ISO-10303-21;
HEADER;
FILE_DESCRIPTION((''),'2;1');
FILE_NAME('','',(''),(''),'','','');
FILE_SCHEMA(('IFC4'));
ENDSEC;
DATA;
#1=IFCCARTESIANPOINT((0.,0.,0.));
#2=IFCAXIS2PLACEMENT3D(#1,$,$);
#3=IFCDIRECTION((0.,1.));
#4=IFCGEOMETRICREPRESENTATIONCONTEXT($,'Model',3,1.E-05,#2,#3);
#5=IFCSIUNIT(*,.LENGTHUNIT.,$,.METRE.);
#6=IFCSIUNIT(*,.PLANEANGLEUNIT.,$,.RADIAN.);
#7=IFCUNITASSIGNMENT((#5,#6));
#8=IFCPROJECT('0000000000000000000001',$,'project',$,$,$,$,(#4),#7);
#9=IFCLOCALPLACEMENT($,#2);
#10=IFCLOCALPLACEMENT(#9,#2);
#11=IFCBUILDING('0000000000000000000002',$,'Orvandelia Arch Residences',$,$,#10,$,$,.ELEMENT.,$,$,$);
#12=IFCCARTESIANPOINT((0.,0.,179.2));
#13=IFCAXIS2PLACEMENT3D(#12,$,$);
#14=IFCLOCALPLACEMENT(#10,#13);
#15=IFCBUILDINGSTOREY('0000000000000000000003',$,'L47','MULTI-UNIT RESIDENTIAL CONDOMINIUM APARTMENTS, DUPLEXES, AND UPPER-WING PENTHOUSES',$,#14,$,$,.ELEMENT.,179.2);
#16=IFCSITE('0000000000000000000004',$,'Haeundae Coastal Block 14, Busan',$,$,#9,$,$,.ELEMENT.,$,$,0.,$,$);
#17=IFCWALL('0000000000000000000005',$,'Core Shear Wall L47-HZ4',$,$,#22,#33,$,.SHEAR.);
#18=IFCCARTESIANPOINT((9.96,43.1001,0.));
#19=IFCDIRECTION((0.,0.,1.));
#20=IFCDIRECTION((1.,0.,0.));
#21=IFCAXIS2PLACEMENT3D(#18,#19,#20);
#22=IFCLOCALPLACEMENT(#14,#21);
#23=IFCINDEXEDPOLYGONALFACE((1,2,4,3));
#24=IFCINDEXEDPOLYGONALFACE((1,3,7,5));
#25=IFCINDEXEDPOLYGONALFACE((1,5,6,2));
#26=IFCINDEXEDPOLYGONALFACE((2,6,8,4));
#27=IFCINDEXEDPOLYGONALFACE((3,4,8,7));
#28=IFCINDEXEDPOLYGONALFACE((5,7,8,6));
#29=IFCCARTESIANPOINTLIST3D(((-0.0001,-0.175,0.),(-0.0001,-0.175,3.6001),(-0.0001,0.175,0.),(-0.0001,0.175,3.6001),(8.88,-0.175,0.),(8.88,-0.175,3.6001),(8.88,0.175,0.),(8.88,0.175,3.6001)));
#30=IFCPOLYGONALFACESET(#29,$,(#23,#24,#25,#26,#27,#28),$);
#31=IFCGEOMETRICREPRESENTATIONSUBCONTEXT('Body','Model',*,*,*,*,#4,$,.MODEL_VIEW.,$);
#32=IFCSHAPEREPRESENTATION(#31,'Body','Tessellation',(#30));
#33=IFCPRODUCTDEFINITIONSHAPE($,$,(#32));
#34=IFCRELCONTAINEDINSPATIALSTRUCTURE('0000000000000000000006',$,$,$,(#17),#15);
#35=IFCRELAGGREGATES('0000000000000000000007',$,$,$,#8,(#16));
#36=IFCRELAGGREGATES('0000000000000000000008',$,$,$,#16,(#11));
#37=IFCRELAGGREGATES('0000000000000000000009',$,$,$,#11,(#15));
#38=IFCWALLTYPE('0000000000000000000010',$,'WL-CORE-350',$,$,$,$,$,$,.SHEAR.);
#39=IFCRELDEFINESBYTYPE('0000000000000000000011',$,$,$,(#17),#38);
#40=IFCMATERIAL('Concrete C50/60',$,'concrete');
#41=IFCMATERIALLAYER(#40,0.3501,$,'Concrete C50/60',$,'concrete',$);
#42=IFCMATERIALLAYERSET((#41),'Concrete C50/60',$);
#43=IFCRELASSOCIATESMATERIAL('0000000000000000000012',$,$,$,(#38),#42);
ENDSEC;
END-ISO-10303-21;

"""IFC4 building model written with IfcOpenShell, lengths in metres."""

from ifc_helpers import new_model, si_unit, direction, frame, frame_2d, origin, place, context, subcontext, project, spatial, rectangle, extrude, material, layer, layer_set, type_object, element, save


model = new_model("IFC4")

# Units and contexts
model_context = context("Model", 3, precision=1e-05, world=origin(), true_north=direction((0.0, 1.0)))
body_context = subcontext(model_context, "Body", "Model", "MODEL_VIEW")
ifc_project = project(units=[si_unit("LENGTHUNIT", "METRE"), si_unit("PLANEANGLEUNIT", "RADIAN")], contexts=[model_context])

# Site, building, storey
site_placement = place(None, origin())
site = spatial("IfcSite", under=ifc_project, at=site_placement, Name="Haeundae Coastal Block 14, Busan", CompositionType="ELEMENT", RefElevation=0.0)
building_placement = place(site_placement, origin())
building = spatial("IfcBuilding", under=site, at=building_placement, Name="Orvandelia Arch Residences", CompositionType="ELEMENT")
storey_placement = place(building_placement, frame((0.0, 0.0, 179.2)))
storey = spatial("IfcBuildingStorey", under=building, at=storey_placement, Name="L47", Description="MULTI-UNIT RESIDENTIAL CONDOMINIUM APARTMENTS, DUPLEXES, AND UPPER-WING PENTHOUSES", CompositionType="ELEMENT", Elevation=179.2)

# Wall
ifc_material_1 = material(Name="Concrete C50/60", Category="concrete")
ifc_layer_1 = layer(ifc_material_1, 0.3501, Name="Concrete C50/60", Category="concrete")
ifc_layer_set_1 = layer_set([ifc_layer_1], Name="Concrete C50/60")
wall_type_1 = type_object("IfcWallType", Name="WL-CORE-350", PredefinedType="SHEAR", material=ifc_layer_set_1)
wall_1_placement = place(storey_placement, frame((9.96, 43.1001, 0.0), z_axis=(0.0, 0.0, 1.0), x_axis=(1.0, 0.0, 0.0)))
element("IfcWall", 1, at=wall_1_placement, inside=storey, type_object=wall_type_1, Name="Core Shear Wall L47-HZ4", PredefinedType="SHEAR", context=body_context, shape_type="SweptSolid", body=[
    extrude(rectangle(XDim=8.8801, YDim=0.3501, at=frame_2d((4.4399, 0.0))), origin(), (0.0, 0.0, 1.0), 3.6001),
])

save(model, "model.ifc")
